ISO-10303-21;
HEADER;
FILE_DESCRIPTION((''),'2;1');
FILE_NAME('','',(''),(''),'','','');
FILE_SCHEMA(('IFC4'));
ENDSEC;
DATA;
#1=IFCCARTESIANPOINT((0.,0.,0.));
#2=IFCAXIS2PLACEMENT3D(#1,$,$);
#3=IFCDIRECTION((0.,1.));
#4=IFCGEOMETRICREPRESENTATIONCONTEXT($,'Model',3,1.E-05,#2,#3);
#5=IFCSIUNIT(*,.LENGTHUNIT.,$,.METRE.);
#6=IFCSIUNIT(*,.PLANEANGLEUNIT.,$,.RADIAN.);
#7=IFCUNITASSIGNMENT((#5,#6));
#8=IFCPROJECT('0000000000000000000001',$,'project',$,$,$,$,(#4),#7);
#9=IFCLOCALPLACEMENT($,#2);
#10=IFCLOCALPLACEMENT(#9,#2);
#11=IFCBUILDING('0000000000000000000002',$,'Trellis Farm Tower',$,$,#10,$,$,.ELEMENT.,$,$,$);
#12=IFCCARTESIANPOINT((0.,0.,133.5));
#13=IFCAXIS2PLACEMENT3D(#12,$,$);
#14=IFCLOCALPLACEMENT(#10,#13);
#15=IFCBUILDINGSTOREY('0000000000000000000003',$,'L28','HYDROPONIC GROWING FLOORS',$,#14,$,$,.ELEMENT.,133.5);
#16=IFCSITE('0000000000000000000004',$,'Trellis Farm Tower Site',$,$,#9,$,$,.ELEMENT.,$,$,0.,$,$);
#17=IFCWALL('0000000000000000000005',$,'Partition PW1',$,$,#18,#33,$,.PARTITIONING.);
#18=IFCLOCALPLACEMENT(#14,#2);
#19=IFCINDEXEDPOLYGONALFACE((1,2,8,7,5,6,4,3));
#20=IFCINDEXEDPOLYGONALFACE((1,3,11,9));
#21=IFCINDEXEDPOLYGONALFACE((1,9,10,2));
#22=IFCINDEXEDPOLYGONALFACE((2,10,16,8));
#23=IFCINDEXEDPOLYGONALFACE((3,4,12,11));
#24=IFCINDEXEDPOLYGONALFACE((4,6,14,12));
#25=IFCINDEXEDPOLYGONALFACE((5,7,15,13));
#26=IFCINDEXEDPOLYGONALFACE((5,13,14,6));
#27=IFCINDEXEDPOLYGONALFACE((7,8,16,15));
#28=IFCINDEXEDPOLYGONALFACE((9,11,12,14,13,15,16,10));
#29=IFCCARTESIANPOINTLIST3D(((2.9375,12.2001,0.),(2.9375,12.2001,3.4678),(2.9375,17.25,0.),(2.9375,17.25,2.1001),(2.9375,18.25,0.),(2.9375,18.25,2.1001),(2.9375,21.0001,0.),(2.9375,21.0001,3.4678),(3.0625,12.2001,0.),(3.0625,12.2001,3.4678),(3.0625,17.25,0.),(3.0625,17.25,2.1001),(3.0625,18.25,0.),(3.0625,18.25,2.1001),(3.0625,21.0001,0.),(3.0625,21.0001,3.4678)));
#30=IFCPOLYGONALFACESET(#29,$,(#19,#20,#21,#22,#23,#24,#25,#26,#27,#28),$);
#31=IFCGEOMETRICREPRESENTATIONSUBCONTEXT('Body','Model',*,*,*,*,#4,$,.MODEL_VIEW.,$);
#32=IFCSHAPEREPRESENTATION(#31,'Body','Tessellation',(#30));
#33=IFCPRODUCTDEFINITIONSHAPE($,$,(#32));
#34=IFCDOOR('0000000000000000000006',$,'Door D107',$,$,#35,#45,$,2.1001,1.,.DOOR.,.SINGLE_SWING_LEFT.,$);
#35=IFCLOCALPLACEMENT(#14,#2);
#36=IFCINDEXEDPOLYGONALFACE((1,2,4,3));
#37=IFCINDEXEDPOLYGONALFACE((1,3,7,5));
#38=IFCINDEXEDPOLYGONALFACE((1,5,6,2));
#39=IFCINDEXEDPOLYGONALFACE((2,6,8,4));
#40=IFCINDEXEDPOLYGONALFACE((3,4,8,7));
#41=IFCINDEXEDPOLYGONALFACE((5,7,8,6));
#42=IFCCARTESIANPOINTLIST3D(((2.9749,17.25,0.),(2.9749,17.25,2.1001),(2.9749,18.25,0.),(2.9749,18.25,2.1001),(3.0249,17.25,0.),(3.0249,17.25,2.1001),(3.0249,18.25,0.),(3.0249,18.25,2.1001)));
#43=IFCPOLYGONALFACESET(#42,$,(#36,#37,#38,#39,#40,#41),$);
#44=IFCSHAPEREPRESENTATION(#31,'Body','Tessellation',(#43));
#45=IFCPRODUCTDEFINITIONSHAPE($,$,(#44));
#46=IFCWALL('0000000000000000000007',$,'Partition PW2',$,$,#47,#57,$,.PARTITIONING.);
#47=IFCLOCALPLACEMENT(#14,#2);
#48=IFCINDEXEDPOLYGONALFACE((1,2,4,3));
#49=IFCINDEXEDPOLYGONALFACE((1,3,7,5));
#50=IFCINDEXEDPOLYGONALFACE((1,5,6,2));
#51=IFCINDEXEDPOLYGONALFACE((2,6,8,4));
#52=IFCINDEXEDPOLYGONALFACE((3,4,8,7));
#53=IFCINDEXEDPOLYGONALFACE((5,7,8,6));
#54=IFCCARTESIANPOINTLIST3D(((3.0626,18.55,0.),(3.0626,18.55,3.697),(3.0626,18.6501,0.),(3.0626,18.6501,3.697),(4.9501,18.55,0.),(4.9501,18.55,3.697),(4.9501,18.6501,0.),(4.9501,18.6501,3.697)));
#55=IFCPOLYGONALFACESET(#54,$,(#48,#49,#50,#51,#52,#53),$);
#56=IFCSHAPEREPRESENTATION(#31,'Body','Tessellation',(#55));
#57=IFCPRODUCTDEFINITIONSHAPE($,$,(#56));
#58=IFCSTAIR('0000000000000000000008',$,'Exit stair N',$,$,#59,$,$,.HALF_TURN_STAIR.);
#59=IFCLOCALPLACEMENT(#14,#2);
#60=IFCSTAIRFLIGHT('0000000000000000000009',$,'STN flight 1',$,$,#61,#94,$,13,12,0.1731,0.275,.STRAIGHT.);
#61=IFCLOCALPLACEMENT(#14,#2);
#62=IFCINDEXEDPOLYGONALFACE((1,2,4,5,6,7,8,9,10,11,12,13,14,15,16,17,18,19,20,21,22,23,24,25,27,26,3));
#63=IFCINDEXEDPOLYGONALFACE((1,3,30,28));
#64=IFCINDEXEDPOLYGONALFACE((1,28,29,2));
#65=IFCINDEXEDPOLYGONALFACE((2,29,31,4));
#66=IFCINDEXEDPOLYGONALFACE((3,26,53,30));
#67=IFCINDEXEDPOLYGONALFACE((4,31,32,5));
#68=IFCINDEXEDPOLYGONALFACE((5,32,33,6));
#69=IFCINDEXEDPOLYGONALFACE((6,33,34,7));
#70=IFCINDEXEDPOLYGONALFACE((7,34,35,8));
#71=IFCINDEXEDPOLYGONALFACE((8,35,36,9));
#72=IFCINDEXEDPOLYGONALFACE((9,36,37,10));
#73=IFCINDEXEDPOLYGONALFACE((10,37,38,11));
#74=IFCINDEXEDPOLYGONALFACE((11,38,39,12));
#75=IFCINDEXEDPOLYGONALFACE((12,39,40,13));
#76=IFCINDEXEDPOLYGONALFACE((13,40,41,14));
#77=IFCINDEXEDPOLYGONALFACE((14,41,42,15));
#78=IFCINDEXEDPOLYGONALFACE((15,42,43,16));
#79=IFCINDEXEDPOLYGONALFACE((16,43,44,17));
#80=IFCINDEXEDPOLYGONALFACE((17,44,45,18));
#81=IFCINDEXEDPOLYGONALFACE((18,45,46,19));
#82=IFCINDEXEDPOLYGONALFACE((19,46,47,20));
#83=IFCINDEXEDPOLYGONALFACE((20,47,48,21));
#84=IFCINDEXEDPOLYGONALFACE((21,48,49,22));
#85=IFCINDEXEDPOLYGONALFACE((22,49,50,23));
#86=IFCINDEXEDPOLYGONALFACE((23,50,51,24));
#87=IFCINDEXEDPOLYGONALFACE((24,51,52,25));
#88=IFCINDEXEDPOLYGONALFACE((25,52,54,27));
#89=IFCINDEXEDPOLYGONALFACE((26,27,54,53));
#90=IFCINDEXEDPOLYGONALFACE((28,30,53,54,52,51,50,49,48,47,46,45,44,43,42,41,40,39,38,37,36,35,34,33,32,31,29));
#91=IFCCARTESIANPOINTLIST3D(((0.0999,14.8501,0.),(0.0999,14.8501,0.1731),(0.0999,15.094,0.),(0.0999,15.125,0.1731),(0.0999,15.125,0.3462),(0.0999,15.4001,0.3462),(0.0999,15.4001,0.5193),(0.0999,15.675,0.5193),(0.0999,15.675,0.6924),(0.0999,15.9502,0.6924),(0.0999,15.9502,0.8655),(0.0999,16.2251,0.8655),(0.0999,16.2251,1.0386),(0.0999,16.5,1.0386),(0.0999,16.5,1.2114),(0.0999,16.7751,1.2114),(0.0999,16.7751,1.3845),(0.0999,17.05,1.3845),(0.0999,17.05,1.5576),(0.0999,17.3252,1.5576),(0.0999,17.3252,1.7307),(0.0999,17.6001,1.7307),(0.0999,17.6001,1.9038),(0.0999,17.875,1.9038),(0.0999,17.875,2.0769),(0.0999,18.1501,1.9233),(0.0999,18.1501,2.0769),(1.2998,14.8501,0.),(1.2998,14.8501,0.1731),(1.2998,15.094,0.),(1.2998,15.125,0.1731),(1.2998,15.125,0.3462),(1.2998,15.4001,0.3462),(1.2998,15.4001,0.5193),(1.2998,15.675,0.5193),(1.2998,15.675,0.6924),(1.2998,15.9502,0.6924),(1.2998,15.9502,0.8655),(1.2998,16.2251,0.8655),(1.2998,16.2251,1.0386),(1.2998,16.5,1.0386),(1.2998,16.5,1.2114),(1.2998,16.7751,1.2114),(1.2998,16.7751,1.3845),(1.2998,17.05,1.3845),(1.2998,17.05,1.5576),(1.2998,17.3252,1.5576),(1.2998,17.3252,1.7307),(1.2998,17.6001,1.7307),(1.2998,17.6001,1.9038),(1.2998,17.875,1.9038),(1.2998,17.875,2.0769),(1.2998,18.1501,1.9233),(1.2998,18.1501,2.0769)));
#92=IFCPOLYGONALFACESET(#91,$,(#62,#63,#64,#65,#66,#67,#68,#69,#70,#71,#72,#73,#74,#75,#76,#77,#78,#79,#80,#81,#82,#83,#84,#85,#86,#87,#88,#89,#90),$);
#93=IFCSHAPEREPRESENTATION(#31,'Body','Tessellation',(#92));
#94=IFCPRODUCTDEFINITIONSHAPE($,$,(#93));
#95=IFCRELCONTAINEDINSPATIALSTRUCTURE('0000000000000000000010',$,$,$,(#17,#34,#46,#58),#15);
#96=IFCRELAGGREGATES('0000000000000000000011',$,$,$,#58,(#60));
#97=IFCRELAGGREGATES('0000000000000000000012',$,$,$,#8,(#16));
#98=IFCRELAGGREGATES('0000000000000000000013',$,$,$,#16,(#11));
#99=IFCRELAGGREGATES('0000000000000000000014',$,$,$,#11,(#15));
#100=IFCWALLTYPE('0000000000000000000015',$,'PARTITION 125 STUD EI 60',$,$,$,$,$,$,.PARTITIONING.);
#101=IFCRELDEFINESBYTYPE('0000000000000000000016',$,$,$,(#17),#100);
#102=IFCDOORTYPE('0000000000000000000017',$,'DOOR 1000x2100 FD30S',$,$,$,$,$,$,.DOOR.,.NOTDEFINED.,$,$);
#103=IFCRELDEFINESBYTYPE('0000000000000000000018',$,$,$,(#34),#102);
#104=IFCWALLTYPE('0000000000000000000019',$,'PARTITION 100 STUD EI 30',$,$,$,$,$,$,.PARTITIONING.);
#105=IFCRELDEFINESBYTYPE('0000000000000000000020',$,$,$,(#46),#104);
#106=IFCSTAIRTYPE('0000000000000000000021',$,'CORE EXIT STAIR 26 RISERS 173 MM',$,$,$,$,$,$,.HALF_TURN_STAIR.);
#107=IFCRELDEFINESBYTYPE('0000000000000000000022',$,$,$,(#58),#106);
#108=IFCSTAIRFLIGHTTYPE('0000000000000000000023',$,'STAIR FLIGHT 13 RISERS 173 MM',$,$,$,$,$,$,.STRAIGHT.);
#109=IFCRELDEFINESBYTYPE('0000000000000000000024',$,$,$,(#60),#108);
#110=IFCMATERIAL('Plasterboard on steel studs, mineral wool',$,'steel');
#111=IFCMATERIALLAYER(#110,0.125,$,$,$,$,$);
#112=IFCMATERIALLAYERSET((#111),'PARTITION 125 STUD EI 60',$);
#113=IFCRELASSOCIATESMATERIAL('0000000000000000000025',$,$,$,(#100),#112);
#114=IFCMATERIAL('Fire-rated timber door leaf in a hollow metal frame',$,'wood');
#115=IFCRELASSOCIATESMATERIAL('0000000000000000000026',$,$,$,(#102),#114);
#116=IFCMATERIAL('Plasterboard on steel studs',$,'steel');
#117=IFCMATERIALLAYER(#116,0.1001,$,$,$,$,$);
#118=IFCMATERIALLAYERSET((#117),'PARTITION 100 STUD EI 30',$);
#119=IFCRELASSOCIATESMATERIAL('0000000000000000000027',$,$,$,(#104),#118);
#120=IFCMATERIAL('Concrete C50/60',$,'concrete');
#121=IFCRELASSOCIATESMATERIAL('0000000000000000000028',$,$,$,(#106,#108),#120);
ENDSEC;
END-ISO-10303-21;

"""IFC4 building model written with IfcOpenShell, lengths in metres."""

from ifc_helpers import new_model, si_unit, direction, frame, frame_2d, origin, place, context, subcontext, project, spatial, polyline, rectangle, outline, extrude, source, transform, mapped, material, layer, layer_set, type_object, element, fill, aggregate, save


model = new_model("IFC4")

# Units and contexts
model_context = context("Model", 3, precision=1e-05, world=origin(), true_north=direction((0.0, 1.0)))
body_context = subcontext(model_context, "Body", "Model", "MODEL_VIEW")
ifc_project = project(units=[si_unit("LENGTHUNIT", "METRE"), si_unit("PLANEANGLEUNIT", "RADIAN")], contexts=[model_context])

# Site, building, storey
site_placement = place(None, origin())
site = spatial("IfcSite", under=ifc_project, at=site_placement, Name="Trellis Farm Tower Site", CompositionType="ELEMENT", RefElevation=0.0)
building_placement = place(site_placement, origin())
building = spatial("IfcBuilding", under=site, at=building_placement, Name="Trellis Farm Tower", CompositionType="ELEMENT")
storey_placement = place(building_placement, frame((0.0, 0.0, 133.5)))
storey = spatial("IfcBuildingStorey", under=building, at=storey_placement, Name="L28", Description="HYDROPONIC GROWING FLOORS", CompositionType="ELEMENT", Elevation=133.5)

# Shared definitions
placement = place(storey_placement, origin())

# Shared definitions
ifc_material_1 = material(Name="Plasterboard on steel studs, mineral wool", Category="steel")
ifc_layer_1 = layer(ifc_material_1, 0.125)
ifc_layer_set_1 = layer_set([ifc_layer_1], Name="PARTITION 125 STUD EI 60")
wall_type_1 = type_object("IfcWallType", Name="PARTITION 125 STUD EI 60", PredefinedType="PARTITIONING", material=ifc_layer_set_1)

# Shared definitions
shared_shape_1 = source(origin(), body_context, "Body", "SweptSolid", [
    extrude(rectangle(XDim=1.0, YDim=2.1001, at=frame_2d((0.5, 1.05))), frame((0.0, 0.0725, 0.0), z_axis=(0.0, -1.0, 0.0), x_axis=(1.0, 0.0, 0.0)), (0.0, 0.0, 1.0), 0.145),
])
ifc_material_2 = material(Name="Fire-rated timber door leaf in a hollow metal frame", Category="wood")
door_type_1 = type_object("IfcDoorType", Name="DOOR 1000x2100 FD30S", OperationType="NOTDEFINED", PredefinedType="DOOR", material=ifc_material_2)
shared_shape_2 = source(origin(), body_context, "Body", "SweptSolid", [
    extrude(rectangle(XDim=1.0, YDim=2.1001, at=frame_2d((0.5, 1.05))), frame((0.0, 0.0249, 0.0), z_axis=(0.0, -1.0, 0.0), x_axis=(1.0, 0.0, 0.0)), (0.0, 0.0, 1.0), 0.05),
])

# Wall, opening, door
shared_shape_3 = source(origin(), body_context, "Body", "SweptSolid", [
    extrude(rectangle(XDim=8.8, YDim=0.125, at=frame_2d((4.3999, 0.0))), origin(), (0.0, 0.0, 1.0), 3.4678),
])
wall_1_placement = place(storey_placement, frame((3.0, 21.0, 0.0), z_axis=(0.0, 0.0, 1.0), x_axis=(0.0, -1.0, 0.0)))
wall_1 = element("IfcWall", 1, at=wall_1_placement, inside=storey, type_object=wall_type_1, Name="Partition PW1", PredefinedType="PARTITIONING", context=body_context, shape_type="MappedRepresentation", body=[
    mapped(shared_shape_3, transform((0.0, 0.0, 0.0))),
])
opening_1_placement = place(wall_1_placement, frame((2.75, 0.0, 0.0)))
opening_1 = element("IfcOpeningElement", 2, at=opening_1_placement, cuts=wall_1, PredefinedType="OPENING", context=body_context, shape_type="MappedRepresentation", body=[
    mapped(shared_shape_1, transform((0.0, 0.0, 0.0))),
])
door_1_placement = place(opening_1_placement, origin())
door_1 = element("IfcDoor", 3, at=door_1_placement, inside=storey, type_object=door_type_1, Name="Door D107", OperationType="SINGLE_SWING_LEFT", OverallHeight=2.1001, OverallWidth=1.0, PredefinedType="DOOR", context=body_context, shape_type="MappedRepresentation", body=[
    mapped(shared_shape_2, transform((0.0, 0.0, 0.0))),
])
fill(opening_1, door_1)

# Wall
ifc_material_3 = material(Name="Plasterboard on steel studs", Category="steel")
ifc_layer_2 = layer(ifc_material_3, 0.1001)
ifc_layer_set_2 = layer_set([ifc_layer_2], Name="PARTITION 100 STUD EI 30")
wall_type_2 = type_object("IfcWallType", Name="PARTITION 100 STUD EI 30", PredefinedType="PARTITIONING", material=ifc_layer_set_2)
shared_shape_4 = source(origin(), body_context, "Body", "SweptSolid", [
    extrude(rectangle(XDim=1.8875, YDim=0.1001, at=frame_2d((0.9438, 0.0))), origin(), (0.0, 0.0, 1.0), 3.697),
])
wall_2_placement = place(storey_placement, frame((3.0625, 18.6001, 0.0), z_axis=(0.0, 0.0, 1.0), x_axis=(1.0, 0.0, 0.0)))
element("IfcWall", 4, at=wall_2_placement, inside=storey, type_object=wall_type_2, Name="Partition PW2", PredefinedType="PARTITIONING", context=body_context, shape_type="MappedRepresentation", body=[
    mapped(shared_shape_4, transform((0.0, 0.0, 0.0))),
])

# Stair, stair flight
ifc_material_4 = material(Name="Concrete C50/60", Category="concrete")
stair_type = type_object("IfcStairType", Name="CORE EXIT STAIR 26 RISERS 173 MM", PredefinedType="HALF_TURN_STAIR", material=ifc_material_4)
stair = element("IfcStair", 5, at=placement, inside=storey, type_object=stair_type, Name="Exit stair N", PredefinedType="HALF_TURN_STAIR")
stair_flight_type = type_object("IfcStairFlightType", Name="STAIR FLIGHT 13 RISERS 173 MM", PredefinedType="STRAIGHT", material=ifc_material_4)
shared_shape_5 = source(origin(), body_context, "Body", "SweptSolid", [
    extrude(outline(polyline([(0.0, 0.0), (0.0, 0.1731), (0.2749, 0.1731), (0.2749, 0.3462), (0.55, 0.3462), (0.55, 0.5193), (0.825, 0.5193), (0.825, 0.6924), (1.1001, 0.6924), (1.1001, 0.8655), (1.375, 0.8655), (1.375, 1.0386), (1.6499, 1.0386), (1.6499, 1.2114), (1.925, 1.2114), (1.925, 1.3845), (2.2, 1.3845), (2.2, 1.5576), (2.4751, 1.5576), (2.4751, 1.7307), (2.75, 1.7307), (2.75, 1.9038), (3.0249, 1.9038), (3.0249, 2.0769), (3.3, 2.0769), (3.3, 2.25), (3.3, 1.9233), (0.2439, 0.0), (0.0, 0.0)])), frame((0.0, 0.6001, 0.0), z_axis=(0.0, -1.0, 0.0), x_axis=(1.0, 0.0, 0.0)), (0.0, 0.0, 1.0), 1.2),
])
stair_flight_placement = place(storey_placement, frame((0.7, 14.8501, 0.0), z_axis=(0.0, 0.0, 1.0), x_axis=(0.0, 1.0, 0.0)))
stair_flight = element("IfcStairFlight", 6, at=stair_flight_placement, type_object=stair_flight_type, Name="STN flight 1", NumberOfRisers=13, NumberOfTreads=12, PredefinedType="STRAIGHT", RiserHeight=0.1731, TreadLength=0.275, context=body_context, shape_type="MappedRepresentation", body=[
    mapped(shared_shape_5, transform((0.0, 0.0, 0.0))),
])
aggregate(stair, [stair_flight])

save(model, "model.ifc")
